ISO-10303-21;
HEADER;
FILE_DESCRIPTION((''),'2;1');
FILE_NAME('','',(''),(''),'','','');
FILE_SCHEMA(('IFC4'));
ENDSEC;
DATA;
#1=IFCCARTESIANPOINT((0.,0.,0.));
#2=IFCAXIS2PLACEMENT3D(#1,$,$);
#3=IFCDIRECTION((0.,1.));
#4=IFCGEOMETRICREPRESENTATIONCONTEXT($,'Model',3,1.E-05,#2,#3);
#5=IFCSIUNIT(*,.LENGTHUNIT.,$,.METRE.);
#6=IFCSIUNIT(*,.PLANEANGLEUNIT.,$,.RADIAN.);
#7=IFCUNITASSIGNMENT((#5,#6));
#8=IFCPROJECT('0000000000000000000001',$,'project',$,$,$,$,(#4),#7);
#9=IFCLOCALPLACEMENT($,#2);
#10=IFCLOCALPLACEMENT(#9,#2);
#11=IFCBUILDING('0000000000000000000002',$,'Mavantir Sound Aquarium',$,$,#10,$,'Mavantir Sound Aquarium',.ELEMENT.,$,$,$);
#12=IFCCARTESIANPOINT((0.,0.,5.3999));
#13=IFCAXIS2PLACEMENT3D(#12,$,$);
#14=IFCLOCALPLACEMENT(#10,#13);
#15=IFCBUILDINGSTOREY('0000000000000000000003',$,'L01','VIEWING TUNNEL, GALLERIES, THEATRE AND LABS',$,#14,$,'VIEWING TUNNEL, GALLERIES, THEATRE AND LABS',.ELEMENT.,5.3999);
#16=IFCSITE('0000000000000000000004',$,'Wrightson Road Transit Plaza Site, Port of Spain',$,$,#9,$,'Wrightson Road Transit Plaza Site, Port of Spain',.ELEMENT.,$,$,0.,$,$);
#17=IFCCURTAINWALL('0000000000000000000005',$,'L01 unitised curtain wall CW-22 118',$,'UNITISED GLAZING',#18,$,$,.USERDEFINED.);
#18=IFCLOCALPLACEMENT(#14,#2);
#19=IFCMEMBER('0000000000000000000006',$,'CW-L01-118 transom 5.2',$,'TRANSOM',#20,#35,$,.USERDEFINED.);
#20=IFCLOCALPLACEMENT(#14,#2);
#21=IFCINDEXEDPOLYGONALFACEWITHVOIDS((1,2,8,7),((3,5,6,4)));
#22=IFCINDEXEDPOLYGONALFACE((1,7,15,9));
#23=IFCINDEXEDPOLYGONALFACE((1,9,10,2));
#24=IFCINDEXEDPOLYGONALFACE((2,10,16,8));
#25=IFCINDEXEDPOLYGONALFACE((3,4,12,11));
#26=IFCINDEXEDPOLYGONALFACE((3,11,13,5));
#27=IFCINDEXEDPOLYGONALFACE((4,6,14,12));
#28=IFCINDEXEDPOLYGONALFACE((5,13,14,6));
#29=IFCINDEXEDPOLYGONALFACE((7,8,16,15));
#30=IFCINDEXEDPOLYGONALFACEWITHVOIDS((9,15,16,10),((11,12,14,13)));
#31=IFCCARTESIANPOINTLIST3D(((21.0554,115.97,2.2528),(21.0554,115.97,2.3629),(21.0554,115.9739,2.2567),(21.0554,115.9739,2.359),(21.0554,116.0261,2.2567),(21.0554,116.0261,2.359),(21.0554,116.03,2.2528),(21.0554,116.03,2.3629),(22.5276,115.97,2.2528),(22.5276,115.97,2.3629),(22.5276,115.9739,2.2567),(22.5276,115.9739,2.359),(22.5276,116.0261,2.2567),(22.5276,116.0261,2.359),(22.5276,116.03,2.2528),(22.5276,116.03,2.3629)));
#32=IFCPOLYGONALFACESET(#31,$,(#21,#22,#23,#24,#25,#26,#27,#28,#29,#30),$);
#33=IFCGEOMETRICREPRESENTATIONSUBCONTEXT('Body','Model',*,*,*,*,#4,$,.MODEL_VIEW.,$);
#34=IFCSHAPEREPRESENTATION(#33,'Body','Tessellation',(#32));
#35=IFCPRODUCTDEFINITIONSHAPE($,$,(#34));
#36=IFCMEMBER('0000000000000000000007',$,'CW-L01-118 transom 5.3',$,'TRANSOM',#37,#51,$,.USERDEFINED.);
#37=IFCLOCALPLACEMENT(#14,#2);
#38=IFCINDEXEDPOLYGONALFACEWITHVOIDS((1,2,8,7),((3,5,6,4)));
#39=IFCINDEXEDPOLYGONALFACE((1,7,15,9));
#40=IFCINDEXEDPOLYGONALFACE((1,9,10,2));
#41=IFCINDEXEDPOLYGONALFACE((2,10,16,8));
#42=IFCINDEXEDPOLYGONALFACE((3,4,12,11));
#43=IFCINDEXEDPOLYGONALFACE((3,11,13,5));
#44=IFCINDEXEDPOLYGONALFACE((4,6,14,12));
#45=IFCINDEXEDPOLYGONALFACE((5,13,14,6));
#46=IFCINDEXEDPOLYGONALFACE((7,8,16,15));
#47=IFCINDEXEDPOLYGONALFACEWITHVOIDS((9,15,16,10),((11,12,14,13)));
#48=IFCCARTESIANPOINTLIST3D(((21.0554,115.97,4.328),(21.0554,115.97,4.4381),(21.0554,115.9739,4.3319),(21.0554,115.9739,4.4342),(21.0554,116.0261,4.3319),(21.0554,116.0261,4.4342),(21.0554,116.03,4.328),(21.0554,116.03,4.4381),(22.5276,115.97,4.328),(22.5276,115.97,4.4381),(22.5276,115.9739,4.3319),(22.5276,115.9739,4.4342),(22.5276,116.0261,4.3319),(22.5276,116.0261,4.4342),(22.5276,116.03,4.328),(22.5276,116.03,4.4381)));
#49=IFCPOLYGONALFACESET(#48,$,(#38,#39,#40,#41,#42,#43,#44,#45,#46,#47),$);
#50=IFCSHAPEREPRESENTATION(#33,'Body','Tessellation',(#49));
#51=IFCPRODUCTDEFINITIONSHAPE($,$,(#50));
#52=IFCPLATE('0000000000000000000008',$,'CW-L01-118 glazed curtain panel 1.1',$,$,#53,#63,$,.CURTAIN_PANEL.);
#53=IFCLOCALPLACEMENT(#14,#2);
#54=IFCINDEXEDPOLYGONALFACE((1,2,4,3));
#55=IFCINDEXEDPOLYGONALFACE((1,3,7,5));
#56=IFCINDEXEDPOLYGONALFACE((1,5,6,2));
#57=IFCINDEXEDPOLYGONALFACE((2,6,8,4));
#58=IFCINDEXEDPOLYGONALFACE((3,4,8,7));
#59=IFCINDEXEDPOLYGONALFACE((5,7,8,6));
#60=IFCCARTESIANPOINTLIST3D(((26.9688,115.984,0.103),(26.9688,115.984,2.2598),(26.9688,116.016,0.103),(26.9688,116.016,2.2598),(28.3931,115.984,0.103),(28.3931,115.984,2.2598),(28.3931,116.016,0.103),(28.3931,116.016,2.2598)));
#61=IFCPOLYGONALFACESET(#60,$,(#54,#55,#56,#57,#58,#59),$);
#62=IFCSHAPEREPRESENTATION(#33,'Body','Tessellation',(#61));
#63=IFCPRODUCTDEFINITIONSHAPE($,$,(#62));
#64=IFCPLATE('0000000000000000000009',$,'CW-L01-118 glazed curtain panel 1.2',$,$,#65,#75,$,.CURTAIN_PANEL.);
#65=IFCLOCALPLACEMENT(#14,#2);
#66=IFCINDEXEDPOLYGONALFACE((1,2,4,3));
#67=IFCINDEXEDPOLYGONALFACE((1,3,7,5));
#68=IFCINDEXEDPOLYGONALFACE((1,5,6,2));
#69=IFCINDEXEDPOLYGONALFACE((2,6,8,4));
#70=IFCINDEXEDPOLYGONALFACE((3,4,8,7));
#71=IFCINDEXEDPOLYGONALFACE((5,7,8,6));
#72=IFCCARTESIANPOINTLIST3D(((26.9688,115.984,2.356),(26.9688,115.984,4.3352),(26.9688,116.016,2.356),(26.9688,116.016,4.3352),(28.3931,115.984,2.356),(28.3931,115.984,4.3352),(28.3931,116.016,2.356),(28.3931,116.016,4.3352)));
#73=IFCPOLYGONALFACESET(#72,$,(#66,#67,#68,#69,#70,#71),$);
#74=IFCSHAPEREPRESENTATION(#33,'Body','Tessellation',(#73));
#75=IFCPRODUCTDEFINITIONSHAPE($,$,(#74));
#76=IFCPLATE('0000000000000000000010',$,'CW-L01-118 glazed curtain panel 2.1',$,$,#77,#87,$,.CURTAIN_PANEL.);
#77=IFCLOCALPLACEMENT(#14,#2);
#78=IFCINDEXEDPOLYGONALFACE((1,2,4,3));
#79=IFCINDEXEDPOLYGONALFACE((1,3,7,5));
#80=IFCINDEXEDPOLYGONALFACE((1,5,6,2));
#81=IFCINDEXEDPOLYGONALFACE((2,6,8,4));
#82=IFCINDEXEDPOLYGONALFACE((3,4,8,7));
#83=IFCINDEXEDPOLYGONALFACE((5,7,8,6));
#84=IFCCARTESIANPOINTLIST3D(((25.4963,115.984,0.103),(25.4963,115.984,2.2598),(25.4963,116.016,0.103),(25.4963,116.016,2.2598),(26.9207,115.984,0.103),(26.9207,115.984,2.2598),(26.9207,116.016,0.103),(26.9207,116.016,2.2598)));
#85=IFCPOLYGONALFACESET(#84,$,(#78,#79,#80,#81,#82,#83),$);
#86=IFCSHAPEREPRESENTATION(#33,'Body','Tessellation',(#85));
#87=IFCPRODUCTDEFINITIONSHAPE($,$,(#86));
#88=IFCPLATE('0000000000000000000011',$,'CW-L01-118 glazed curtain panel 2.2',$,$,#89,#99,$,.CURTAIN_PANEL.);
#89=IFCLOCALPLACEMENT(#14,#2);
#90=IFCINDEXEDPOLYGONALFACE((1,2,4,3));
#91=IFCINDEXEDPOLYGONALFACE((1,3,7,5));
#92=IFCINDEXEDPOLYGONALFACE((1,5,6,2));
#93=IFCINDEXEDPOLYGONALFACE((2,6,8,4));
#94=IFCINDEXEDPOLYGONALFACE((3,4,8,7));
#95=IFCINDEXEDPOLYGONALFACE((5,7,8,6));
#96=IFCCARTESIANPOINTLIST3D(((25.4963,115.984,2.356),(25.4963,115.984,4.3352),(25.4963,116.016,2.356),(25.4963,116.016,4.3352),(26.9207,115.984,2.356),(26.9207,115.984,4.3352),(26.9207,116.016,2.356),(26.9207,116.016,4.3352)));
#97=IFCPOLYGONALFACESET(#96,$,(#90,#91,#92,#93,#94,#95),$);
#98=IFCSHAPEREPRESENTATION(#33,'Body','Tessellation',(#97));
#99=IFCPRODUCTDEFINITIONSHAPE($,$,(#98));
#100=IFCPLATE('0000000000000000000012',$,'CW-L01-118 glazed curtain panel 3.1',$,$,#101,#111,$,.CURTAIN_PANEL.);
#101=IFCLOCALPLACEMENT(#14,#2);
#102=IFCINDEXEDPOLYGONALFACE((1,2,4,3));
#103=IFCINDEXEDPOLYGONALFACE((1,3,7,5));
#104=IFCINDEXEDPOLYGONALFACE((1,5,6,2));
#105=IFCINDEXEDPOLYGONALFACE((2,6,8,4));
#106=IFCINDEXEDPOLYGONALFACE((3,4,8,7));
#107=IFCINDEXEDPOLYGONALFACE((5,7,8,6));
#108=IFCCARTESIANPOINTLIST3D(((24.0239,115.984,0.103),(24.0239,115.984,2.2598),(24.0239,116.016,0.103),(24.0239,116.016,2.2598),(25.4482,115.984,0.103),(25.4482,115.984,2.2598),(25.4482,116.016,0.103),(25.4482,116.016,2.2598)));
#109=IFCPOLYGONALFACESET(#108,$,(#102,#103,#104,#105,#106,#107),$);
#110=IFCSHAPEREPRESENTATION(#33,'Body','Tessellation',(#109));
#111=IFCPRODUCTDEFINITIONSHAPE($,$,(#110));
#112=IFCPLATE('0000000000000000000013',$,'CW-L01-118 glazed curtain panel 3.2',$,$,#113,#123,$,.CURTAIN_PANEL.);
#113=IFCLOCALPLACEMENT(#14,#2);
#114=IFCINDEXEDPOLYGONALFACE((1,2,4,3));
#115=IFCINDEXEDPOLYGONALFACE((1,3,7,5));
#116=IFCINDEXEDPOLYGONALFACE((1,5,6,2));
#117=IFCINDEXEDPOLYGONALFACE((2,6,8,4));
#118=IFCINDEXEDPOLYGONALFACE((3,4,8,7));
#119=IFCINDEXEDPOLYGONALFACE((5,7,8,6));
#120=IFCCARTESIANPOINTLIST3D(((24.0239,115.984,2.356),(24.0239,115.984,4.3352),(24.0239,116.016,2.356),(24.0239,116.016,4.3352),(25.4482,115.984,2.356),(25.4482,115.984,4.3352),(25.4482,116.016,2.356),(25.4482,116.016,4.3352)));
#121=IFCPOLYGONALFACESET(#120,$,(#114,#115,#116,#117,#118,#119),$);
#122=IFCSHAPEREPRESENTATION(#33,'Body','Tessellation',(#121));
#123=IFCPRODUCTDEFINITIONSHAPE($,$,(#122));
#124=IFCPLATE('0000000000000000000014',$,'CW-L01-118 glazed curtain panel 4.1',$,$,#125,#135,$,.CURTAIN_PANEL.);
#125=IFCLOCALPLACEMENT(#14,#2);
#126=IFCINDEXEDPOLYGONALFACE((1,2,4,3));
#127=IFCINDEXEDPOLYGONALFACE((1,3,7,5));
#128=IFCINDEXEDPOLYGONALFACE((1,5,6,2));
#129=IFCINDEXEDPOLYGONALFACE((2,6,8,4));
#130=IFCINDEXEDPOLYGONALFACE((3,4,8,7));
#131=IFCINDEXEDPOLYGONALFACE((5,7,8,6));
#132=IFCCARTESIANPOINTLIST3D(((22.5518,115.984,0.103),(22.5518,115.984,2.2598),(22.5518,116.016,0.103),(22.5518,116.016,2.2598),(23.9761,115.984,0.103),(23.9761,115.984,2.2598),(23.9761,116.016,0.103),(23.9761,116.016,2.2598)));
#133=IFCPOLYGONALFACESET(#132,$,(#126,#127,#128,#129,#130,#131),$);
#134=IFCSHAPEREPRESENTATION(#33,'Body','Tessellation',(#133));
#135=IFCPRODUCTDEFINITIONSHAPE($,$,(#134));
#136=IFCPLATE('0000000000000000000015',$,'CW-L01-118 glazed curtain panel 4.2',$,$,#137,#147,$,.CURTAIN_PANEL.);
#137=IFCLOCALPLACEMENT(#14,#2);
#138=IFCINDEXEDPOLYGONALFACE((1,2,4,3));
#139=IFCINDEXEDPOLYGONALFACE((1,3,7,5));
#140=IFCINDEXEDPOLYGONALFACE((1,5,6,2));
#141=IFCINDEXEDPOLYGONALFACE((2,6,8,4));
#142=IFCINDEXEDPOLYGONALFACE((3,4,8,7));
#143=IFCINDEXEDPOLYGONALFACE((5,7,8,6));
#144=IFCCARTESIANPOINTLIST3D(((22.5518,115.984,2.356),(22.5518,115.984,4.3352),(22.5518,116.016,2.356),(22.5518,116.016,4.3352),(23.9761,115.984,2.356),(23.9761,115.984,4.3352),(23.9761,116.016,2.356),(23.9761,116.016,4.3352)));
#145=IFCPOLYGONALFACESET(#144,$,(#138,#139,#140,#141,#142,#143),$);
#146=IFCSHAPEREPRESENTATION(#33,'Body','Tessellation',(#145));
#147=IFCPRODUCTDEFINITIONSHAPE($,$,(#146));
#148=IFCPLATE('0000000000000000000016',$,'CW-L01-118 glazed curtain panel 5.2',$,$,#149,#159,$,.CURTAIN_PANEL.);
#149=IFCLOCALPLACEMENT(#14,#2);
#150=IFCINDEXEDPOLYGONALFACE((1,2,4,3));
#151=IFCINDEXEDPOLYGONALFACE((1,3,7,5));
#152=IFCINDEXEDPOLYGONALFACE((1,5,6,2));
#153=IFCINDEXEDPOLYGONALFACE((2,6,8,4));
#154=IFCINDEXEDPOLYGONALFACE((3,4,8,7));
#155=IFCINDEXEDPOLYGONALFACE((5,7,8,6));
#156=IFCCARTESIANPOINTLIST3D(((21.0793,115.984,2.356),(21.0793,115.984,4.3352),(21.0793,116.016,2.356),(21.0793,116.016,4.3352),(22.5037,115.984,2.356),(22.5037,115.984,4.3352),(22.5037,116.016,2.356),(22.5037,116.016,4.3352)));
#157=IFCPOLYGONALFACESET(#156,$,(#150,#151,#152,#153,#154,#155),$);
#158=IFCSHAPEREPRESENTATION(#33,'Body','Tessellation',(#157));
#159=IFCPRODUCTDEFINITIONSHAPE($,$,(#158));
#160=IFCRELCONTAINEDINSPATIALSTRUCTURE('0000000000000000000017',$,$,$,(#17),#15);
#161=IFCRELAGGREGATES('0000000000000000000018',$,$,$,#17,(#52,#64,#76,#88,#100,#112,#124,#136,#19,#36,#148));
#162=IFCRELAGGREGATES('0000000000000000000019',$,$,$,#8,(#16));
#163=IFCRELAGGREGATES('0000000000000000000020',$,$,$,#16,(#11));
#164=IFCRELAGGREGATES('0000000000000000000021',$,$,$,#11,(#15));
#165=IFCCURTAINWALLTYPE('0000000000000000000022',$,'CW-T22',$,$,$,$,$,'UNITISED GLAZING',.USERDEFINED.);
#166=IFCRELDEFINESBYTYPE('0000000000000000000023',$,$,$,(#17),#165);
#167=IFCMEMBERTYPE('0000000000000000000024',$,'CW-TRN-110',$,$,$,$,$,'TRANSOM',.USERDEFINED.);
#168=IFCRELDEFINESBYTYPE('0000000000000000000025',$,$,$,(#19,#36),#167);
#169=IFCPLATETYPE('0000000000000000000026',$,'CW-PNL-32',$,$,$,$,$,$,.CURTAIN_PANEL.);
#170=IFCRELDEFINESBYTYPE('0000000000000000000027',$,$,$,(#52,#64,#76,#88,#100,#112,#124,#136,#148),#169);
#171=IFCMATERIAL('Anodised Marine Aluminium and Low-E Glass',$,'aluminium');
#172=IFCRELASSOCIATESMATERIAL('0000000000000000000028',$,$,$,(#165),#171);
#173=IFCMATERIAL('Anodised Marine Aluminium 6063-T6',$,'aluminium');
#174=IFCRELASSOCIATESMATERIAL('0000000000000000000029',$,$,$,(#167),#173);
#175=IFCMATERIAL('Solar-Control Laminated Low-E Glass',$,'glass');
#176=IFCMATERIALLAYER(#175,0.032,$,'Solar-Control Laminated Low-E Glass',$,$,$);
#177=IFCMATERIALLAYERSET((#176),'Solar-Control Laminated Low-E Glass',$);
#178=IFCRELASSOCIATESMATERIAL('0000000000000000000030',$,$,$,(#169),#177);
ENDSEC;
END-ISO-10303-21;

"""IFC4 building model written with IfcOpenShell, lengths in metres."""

from ifc_helpers import new_model, si_unit, direction, frame, origin, origin_2d, place, context, subcontext, project, spatial, rectangle, hollow_rectangle, extrude, material, layer, layer_set, material_profile, profile_set, type_object, element, aggregate, save


model = new_model("IFC4")

# Units and contexts
model_context = context("Model", 3, precision=1e-05, world=origin(), true_north=direction((0.0, 1.0)))
body_context = subcontext(model_context, "Body", "Model", "MODEL_VIEW")
ifc_project = project(units=[si_unit("LENGTHUNIT", "METRE"), si_unit("PLANEANGLEUNIT", "RADIAN")], contexts=[model_context])

# Site, building, storey
site_placement = place(None, origin())
site = spatial("IfcSite", under=ifc_project, at=site_placement, Name="Wrightson Road Transit Plaza Site, Port of Spain", LongName="Wrightson Road Transit Plaza Site, Port of Spain", CompositionType="ELEMENT", RefElevation=0.0)
building_placement = place(site_placement, origin())
building = spatial("IfcBuilding", under=site, at=building_placement, Name="Mavantir Sound Aquarium", LongName="Mavantir Sound Aquarium", CompositionType="ELEMENT")
storey_placement = place(building_placement, frame((0.0, 0.0, 5.3999)))
storey = spatial("IfcBuildingStorey", under=building, at=storey_placement, Name="L01", Description="VIEWING TUNNEL, GALLERIES, THEATRE AND LABS", LongName="VIEWING TUNNEL, GALLERIES, THEATRE AND LABS", CompositionType="ELEMENT", Elevation=5.3999)

# Curtain wall, members, plates
ifc_material_1 = material(Name="Anodised Marine Aluminium and Low-E Glass", Category="aluminium")
curtain_wall_type = type_object("IfcCurtainWallType", Name="CW-T22", ElementType="UNITISED GLAZING", PredefinedType="USERDEFINED", material=ifc_material_1)
curtain_wall_placement = place(storey_placement, origin())
curtain_wall = element("IfcCurtainWall", 1, at=curtain_wall_placement, inside=storey, type_object=curtain_wall_type, Name="L01 unitised curtain wall CW-22 118", ObjectType="UNITISED GLAZING", PredefinedType="USERDEFINED")
ifc_material_2 = material(Name="Anodised Marine Aluminium 6063-T6", Category="aluminium")
ifc_material_profile_1 = material_profile(ifc_material_2, hollow_rectangle(XDim=0.0601, YDim=0.1101, WallThickness=0.0039, at=origin_2d()), Name="ALU-TRANSOM-110X60")
ifc_profile_set_1 = profile_set([ifc_material_profile_1], Name="Anodised Marine Aluminium 6063-T6")
member_type_1 = type_object("IfcMemberType", Name="CW-TRN-110", ElementType="TRANSOM", PredefinedType="USERDEFINED", material=ifc_profile_set_1)
member_1_placement = place(storey_placement, frame((22.5276, 116.0, 2.3079), z_axis=(-1.0, 0.0, 0.0), x_axis=(0.0, -1.0, 0.0)))
member_1 = element("IfcMember", 2, at=member_1_placement, type_object=member_type_1, Name="CW-L01-118 transom 5.2", ObjectType="TRANSOM", PredefinedType="USERDEFINED", context=body_context, shape_type="SweptSolid", body=[
    extrude(hollow_rectangle(XDim=0.0601, YDim=0.1101, WallThickness=0.0039, at=origin_2d()), origin(), (0.0, 0.0, 1.0), 1.4722),
])
member_2_placement = place(storey_placement, frame((22.5276, 116.0, 4.3831), z_axis=(-1.0, 0.0, 0.0), x_axis=(0.0, -1.0, 0.0)))
member_2 = element("IfcMember", 3, at=member_2_placement, type_object=member_type_1, Name="CW-L01-118 transom 5.3", ObjectType="TRANSOM", PredefinedType="USERDEFINED", context=body_context, shape_type="SweptSolid", body=[
    extrude(hollow_rectangle(XDim=0.0601, YDim=0.1101, WallThickness=0.0039, at=origin_2d()), origin(), (0.0, 0.0, 1.0), 1.4722),
])
ifc_material_3 = material(Name="Solar-Control Laminated Low-E Glass", Category="glass")
ifc_layer = layer(ifc_material_3, 0.032, Name="Solar-Control Laminated Low-E Glass")
ifc_layer_set = layer_set([ifc_layer], Name="Solar-Control Laminated Low-E Glass")
plate_type = type_object("IfcPlateType", Name="CW-PNL-32", PredefinedType="CURTAIN_PANEL", material=ifc_layer_set)
plate_1_placement = place(storey_placement, frame((27.6809, 116.0, 0.103), z_axis=(0.0, 0.0, 1.0), x_axis=(-1.0, 0.0, 0.0)))
plate_1 = element("IfcPlate", 4, at=plate_1_placement, type_object=plate_type, Name="CW-L01-118 glazed curtain panel 1.1", PredefinedType="CURTAIN_PANEL", context=body_context, shape_type="SweptSolid", body=[
    extrude(rectangle(XDim=1.4243, YDim=0.032, at=origin_2d()), origin(), (0.0, 0.0, 1.0), 2.1567),
])
plate_2_placement = place(storey_placement, frame((27.6809, 116.0, 2.356), z_axis=(0.0, 0.0, 1.0), x_axis=(-1.0, 0.0, 0.0)))
plate_2 = element("IfcPlate", 5, at=plate_2_placement, type_object=plate_type, Name="CW-L01-118 glazed curtain panel 1.2", PredefinedType="CURTAIN_PANEL", context=body_context, shape_type="SweptSolid", body=[
    extrude(rectangle(XDim=1.4243, YDim=0.032, at=origin_2d()), origin(), (0.0, 0.0, 1.0), 1.9792),
])
plate_3_placement = place(storey_placement, frame((26.2085, 116.0, 0.103), z_axis=(0.0, 0.0, 1.0), x_axis=(-1.0, 0.0, 0.0)))
plate_3 = element("IfcPlate", 6, at=plate_3_placement, type_object=plate_type, Name="CW-L01-118 glazed curtain panel 2.1", PredefinedType="CURTAIN_PANEL", context=body_context, shape_type="SweptSolid", body=[
    extrude(rectangle(XDim=1.4243, YDim=0.032, at=origin_2d()), origin(), (0.0, 0.0, 1.0), 2.1567),
])
plate_4_placement = place(storey_placement, frame((26.2085, 116.0, 2.356), z_axis=(0.0, 0.0, 1.0), x_axis=(-1.0, 0.0, 0.0)))
plate_4 = element("IfcPlate", 7, at=plate_4_placement, type_object=plate_type, Name="CW-L01-118 glazed curtain panel 2.2", PredefinedType="CURTAIN_PANEL", context=body_context, shape_type="SweptSolid", body=[
    extrude(rectangle(XDim=1.4243, YDim=0.032, at=origin_2d()), origin(), (0.0, 0.0, 1.0), 1.9792),
])
plate_5_placement = place(storey_placement, frame((24.7361, 116.0, 0.103), z_axis=(0.0, 0.0, 1.0), x_axis=(-1.0, 0.0, 0.0)))
plate_5 = element("IfcPlate", 8, at=plate_5_placement, type_object=plate_type, Name="CW-L01-118 glazed curtain panel 3.1", PredefinedType="CURTAIN_PANEL", context=body_context, shape_type="SweptSolid", body=[
    extrude(rectangle(XDim=1.4243, YDim=0.032, at=origin_2d()), origin(), (0.0, 0.0, 1.0), 2.1567),
])
plate_6_placement = place(storey_placement, frame((24.7361, 116.0, 2.356), z_axis=(0.0, 0.0, 1.0), x_axis=(-1.0, 0.0, 0.0)))
plate_6 = element("IfcPlate", 9, at=plate_6_placement, type_object=plate_type, Name="CW-L01-118 glazed curtain panel 3.2", PredefinedType="CURTAIN_PANEL", context=body_context, shape_type="SweptSolid", body=[
    extrude(rectangle(XDim=1.4243, YDim=0.032, at=origin_2d()), origin(), (0.0, 0.0, 1.0), 1.9792),
])
plate_7_placement = place(storey_placement, frame((23.2639, 116.0, 0.103), z_axis=(0.0, 0.0, 1.0), x_axis=(-1.0, 0.0, 0.0)))
plate_7 = element("IfcPlate", 10, at=plate_7_placement, type_object=plate_type, Name="CW-L01-118 glazed curtain panel 4.1", PredefinedType="CURTAIN_PANEL", context=body_context, shape_type="SweptSolid", body=[
    extrude(rectangle(XDim=1.4243, YDim=0.032, at=origin_2d()), origin(), (0.0, 0.0, 1.0), 2.1567),
])
plate_8_placement = place(storey_placement, frame((23.2639, 116.0, 2.356), z_axis=(0.0, 0.0, 1.0), x_axis=(-1.0, 0.0, 0.0)))
plate_8 = element("IfcPlate", 11, at=plate_8_placement, type_object=plate_type, Name="CW-L01-118 glazed curtain panel 4.2", PredefinedType="CURTAIN_PANEL", context=body_context, shape_type="SweptSolid", body=[
    extrude(rectangle(XDim=1.4243, YDim=0.032, at=origin_2d()), origin(), (0.0, 0.0, 1.0), 1.9792),
])
plate_9_placement = place(storey_placement, frame((21.7915, 116.0, 2.356), z_axis=(0.0, 0.0, 1.0), x_axis=(-1.0, 0.0, 0.0)))
plate_9 = element("IfcPlate", 12, at=plate_9_placement, type_object=plate_type, Name="CW-L01-118 glazed curtain panel 5.2", PredefinedType="CURTAIN_PANEL", context=body_context, shape_type="SweptSolid", body=[
    extrude(rectangle(XDim=1.4243, YDim=0.032, at=origin_2d()), origin(), (0.0, 0.0, 1.0), 1.9792),
])
aggregate(curtain_wall, [plate_1, plate_2, plate_3, plate_4, plate_5, plate_6, plate_7, plate_8, member_1, member_2, plate_9])

save(model, "model.ifc")
